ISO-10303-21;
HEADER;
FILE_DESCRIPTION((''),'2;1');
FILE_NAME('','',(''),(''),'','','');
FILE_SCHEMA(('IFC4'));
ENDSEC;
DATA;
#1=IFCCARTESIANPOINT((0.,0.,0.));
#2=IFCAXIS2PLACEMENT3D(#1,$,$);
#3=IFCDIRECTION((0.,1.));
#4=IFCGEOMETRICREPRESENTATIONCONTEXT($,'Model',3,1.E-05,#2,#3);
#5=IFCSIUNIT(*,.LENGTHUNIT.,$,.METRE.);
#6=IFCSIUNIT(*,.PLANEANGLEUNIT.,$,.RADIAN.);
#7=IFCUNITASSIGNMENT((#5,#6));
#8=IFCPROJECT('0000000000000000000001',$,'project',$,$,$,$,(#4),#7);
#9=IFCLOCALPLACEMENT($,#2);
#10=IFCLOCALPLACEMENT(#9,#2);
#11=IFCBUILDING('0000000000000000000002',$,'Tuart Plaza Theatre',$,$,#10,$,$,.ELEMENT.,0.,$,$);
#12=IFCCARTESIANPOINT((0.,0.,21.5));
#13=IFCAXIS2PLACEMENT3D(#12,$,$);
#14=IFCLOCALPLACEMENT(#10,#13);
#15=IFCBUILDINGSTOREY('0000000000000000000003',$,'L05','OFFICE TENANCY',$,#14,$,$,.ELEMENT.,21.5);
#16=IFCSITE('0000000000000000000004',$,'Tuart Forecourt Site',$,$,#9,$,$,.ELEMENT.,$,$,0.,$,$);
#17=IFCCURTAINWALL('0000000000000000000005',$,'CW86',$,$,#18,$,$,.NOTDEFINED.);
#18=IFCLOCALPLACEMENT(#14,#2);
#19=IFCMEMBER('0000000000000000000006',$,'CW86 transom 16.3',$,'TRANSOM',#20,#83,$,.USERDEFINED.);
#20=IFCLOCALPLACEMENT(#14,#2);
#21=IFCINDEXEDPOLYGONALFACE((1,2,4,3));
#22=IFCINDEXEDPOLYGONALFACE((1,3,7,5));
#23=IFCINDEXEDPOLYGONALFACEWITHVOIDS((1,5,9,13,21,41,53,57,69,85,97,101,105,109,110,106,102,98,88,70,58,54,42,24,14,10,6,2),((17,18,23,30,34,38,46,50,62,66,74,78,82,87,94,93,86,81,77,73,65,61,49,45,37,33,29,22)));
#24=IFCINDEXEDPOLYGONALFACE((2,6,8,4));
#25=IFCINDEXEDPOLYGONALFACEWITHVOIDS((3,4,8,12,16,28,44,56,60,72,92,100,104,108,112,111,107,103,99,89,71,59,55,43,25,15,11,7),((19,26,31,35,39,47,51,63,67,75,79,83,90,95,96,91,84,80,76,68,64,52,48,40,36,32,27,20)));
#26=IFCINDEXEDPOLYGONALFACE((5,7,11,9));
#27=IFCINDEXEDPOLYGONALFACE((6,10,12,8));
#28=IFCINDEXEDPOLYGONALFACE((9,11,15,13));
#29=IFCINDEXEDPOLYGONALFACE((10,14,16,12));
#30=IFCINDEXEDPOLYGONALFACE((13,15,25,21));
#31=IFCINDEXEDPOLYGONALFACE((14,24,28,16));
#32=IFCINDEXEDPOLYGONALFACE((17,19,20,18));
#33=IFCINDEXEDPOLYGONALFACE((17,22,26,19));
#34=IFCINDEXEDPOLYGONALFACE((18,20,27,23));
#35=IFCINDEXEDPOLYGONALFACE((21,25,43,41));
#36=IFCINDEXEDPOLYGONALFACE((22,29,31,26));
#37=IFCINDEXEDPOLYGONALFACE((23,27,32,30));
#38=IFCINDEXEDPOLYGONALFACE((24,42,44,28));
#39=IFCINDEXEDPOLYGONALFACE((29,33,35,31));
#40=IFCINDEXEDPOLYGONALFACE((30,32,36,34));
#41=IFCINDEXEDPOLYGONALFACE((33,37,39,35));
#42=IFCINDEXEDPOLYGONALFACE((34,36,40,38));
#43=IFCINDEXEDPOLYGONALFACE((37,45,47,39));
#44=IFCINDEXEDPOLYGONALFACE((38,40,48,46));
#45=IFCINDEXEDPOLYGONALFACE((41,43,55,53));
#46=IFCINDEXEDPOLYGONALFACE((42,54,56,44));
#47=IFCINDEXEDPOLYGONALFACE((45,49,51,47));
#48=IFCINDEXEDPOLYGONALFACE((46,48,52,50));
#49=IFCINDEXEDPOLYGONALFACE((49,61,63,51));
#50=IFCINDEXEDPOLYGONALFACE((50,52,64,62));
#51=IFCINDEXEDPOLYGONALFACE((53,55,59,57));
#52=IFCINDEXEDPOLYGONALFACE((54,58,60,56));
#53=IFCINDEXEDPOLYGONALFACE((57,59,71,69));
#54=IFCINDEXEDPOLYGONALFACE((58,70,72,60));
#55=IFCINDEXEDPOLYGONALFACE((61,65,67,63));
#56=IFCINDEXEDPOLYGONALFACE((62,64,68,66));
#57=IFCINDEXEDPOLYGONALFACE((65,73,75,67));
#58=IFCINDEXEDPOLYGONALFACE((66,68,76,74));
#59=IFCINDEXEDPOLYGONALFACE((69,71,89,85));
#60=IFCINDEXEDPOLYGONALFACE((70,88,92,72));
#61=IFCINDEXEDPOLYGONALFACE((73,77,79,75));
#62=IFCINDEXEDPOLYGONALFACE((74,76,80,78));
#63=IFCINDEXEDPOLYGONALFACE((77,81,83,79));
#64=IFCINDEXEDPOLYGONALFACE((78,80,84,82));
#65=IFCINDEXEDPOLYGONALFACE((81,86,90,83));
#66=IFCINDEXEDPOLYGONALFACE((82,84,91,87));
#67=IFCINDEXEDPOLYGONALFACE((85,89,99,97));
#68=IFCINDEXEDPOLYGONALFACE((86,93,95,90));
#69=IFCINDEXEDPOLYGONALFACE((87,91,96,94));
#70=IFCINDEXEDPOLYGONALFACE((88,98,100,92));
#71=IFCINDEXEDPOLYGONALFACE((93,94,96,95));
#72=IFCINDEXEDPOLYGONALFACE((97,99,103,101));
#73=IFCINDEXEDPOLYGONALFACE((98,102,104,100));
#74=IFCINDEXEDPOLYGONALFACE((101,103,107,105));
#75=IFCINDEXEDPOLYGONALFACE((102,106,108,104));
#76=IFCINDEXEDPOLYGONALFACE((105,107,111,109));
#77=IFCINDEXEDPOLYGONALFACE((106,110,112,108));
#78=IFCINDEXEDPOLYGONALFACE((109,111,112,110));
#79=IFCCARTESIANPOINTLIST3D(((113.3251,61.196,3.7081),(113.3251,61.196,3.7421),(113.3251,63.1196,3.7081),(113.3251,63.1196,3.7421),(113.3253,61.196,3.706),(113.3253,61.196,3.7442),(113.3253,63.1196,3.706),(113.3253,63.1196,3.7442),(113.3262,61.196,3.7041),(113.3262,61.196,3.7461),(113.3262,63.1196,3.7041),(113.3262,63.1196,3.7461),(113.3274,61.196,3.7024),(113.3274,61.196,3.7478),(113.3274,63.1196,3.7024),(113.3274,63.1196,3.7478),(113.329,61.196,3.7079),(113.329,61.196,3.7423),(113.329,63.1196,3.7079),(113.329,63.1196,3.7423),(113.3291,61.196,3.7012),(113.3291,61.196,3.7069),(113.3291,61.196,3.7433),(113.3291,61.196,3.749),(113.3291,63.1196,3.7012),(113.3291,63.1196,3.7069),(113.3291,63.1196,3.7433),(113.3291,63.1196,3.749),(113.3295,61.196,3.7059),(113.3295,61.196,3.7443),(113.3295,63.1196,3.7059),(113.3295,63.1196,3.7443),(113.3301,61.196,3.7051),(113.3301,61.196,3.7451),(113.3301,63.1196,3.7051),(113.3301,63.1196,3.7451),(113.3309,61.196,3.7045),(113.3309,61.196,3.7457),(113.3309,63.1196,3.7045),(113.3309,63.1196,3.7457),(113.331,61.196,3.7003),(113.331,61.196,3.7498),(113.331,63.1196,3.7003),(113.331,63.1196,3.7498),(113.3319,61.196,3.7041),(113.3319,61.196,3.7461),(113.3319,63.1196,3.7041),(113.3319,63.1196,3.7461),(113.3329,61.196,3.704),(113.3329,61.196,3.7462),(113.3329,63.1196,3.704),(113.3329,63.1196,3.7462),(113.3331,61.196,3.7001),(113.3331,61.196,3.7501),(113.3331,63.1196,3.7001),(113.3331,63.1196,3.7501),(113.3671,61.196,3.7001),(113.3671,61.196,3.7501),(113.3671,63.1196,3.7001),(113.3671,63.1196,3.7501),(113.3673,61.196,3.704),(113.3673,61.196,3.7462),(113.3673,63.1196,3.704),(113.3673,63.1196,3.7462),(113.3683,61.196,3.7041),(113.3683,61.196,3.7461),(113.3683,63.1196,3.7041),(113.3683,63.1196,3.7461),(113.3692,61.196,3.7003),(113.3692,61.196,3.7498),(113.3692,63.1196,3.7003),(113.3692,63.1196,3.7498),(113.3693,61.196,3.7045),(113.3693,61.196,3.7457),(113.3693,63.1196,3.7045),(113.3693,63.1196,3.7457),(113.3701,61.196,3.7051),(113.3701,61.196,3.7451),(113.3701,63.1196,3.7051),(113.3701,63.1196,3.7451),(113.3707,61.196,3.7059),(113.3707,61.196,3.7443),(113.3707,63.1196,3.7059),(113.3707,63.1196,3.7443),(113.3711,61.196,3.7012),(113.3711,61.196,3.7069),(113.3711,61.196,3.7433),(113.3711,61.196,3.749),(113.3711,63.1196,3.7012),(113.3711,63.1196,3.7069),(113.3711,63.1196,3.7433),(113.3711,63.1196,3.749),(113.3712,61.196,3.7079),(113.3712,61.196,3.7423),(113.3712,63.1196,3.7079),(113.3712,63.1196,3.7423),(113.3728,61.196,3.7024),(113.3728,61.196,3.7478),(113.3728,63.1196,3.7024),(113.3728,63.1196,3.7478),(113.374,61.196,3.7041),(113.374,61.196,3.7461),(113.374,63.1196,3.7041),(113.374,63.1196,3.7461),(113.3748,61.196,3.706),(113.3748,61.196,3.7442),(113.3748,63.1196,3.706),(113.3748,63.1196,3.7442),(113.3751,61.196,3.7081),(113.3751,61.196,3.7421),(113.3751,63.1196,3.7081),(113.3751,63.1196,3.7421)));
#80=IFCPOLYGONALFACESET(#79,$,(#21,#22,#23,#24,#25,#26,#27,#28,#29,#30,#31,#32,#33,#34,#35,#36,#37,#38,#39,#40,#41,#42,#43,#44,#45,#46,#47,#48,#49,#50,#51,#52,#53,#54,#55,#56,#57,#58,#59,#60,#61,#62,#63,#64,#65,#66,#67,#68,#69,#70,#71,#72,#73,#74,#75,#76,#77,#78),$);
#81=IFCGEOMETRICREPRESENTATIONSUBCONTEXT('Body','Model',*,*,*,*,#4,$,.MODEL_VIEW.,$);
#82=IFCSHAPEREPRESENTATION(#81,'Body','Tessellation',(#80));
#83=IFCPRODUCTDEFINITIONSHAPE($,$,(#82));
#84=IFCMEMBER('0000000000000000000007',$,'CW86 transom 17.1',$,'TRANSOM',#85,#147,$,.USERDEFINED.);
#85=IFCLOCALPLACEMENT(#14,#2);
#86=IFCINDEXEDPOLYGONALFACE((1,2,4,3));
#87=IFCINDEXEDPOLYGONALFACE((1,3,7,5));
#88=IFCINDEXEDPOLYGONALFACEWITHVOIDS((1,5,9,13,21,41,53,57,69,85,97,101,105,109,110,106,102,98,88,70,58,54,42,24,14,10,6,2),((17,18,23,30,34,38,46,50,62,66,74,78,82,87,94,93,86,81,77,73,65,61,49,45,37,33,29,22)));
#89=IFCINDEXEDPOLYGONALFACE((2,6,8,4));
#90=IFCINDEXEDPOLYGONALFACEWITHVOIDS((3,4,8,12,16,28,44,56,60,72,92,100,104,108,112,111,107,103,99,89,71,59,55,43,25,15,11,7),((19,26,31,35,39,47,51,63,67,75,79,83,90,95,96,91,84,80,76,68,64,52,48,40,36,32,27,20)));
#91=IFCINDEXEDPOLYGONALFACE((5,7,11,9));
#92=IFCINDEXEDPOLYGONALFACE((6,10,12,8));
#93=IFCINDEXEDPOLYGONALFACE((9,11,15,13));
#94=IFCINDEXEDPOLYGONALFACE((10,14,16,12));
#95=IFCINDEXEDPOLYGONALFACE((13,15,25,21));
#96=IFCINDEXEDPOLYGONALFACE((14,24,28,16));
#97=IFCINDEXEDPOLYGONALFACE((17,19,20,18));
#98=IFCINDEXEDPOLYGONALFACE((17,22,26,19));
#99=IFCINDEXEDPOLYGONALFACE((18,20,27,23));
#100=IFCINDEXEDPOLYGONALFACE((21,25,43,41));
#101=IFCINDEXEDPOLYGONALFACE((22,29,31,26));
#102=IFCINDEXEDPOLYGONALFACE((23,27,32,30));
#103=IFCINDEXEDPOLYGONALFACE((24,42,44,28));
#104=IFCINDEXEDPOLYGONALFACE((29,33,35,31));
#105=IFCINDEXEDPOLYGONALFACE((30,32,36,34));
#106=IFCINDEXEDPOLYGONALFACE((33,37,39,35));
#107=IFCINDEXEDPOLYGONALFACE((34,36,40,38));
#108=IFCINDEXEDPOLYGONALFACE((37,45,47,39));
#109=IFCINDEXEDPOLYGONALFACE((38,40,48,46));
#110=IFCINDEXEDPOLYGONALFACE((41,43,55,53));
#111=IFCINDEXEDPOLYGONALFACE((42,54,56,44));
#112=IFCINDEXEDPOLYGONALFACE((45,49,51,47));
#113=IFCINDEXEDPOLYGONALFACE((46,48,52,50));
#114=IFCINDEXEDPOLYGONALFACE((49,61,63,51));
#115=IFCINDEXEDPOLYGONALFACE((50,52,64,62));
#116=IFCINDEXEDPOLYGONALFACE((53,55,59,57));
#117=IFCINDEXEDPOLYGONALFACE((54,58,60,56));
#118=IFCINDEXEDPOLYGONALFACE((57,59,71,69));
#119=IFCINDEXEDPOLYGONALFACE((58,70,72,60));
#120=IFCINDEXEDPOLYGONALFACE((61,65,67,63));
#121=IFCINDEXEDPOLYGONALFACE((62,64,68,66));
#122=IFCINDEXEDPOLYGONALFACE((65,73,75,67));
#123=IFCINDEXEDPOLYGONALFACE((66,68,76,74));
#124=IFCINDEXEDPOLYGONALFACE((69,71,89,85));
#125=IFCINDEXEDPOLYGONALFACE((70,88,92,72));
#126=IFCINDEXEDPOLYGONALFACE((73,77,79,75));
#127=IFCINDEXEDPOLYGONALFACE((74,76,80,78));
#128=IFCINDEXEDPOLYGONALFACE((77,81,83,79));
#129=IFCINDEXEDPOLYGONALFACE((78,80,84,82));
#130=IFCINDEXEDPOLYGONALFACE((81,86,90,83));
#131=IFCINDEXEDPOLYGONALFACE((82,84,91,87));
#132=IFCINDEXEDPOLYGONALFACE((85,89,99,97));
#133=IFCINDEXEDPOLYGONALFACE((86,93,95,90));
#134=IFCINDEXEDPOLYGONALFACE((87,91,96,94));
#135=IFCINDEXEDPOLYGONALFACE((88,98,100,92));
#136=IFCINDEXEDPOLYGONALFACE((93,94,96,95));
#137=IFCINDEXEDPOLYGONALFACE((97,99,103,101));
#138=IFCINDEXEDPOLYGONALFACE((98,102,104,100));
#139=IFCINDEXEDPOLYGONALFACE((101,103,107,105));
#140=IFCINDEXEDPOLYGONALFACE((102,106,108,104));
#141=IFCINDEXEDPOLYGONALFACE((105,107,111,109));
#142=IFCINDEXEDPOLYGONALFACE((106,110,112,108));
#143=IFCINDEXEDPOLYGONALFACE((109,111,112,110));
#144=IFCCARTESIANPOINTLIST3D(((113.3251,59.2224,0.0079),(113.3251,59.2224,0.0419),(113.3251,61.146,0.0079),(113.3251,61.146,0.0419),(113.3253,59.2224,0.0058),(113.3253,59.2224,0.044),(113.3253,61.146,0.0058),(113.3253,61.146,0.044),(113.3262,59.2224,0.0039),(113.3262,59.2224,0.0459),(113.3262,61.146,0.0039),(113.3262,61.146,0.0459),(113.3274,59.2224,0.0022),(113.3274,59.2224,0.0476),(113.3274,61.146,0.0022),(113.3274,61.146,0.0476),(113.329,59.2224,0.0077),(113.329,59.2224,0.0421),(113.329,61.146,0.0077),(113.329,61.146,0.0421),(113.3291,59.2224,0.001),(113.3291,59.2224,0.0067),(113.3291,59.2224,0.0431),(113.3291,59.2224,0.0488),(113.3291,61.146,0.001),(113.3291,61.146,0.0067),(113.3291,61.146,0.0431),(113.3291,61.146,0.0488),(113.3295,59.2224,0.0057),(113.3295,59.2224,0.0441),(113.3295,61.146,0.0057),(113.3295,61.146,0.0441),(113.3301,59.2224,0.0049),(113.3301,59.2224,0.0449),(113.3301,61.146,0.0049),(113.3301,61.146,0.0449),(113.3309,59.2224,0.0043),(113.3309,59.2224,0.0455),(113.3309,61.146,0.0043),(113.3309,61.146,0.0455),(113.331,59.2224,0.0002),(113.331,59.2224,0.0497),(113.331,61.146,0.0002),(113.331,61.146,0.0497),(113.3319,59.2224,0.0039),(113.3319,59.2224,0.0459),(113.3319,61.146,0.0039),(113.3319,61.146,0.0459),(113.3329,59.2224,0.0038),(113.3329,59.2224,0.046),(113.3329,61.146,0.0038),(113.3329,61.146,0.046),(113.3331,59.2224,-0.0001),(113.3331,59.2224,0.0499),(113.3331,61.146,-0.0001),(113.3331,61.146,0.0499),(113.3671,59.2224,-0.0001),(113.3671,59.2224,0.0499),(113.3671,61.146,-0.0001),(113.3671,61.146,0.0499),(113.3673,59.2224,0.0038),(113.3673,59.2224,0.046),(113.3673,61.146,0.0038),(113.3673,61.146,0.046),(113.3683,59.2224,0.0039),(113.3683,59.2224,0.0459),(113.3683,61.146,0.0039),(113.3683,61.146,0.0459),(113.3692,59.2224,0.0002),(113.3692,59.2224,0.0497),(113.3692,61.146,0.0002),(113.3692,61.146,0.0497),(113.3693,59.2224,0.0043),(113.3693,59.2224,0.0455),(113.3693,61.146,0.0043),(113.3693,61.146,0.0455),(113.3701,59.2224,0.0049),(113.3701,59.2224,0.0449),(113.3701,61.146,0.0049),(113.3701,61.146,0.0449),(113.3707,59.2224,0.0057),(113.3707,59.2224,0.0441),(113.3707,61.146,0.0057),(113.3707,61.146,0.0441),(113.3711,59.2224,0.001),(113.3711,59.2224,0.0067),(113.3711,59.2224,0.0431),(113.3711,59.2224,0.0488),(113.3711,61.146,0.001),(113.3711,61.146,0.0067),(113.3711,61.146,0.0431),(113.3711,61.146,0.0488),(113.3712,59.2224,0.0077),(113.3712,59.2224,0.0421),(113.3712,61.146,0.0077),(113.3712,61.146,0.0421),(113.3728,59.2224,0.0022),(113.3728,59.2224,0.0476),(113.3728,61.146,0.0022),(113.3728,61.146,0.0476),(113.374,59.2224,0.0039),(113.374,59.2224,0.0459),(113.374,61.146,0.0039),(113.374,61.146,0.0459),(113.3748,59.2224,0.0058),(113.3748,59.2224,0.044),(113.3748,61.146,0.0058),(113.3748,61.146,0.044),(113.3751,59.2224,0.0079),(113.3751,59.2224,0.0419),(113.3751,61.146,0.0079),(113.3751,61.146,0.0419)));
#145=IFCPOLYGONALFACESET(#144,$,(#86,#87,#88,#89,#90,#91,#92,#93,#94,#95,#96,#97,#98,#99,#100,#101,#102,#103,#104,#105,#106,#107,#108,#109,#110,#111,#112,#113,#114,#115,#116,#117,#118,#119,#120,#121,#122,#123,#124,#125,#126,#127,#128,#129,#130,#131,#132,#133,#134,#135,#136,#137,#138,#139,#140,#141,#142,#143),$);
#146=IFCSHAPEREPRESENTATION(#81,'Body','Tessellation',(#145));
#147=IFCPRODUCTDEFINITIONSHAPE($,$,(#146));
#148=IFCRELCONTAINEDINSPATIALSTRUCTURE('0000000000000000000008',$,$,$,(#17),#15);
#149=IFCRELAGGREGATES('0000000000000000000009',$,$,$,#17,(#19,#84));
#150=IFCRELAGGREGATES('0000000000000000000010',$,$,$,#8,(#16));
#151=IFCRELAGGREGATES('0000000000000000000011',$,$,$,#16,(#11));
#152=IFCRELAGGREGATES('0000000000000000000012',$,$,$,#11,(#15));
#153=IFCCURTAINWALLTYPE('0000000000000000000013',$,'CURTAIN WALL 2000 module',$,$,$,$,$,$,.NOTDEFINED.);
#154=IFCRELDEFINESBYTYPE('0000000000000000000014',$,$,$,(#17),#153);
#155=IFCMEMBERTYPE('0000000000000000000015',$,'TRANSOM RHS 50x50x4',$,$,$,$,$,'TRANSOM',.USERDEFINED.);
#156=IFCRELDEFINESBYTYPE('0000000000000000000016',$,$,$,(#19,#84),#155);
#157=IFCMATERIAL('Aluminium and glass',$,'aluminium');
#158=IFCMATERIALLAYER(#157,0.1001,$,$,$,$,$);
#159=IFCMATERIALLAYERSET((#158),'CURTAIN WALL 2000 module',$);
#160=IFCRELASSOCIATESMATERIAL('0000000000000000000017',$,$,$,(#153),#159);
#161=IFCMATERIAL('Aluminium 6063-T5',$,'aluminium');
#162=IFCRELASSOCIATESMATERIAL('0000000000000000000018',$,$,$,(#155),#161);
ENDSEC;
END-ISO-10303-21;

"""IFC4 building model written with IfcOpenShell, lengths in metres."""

from ifc_helpers import new_model, si_unit, direction, frame, origin, origin_2d, place, context, subcontext, project, spatial, hollow_rectangle, extrude, material, layer, layer_set, material_profile, profile_set, type_object, element, aggregate, save


model = new_model("IFC4")

# Units and contexts
model_context = context("Model", 3, precision=1e-05, world=origin(), true_north=direction((0.0, 1.0)))
body_context = subcontext(model_context, "Body", "Model", "MODEL_VIEW")
ifc_project = project(units=[si_unit("LENGTHUNIT", "METRE"), si_unit("PLANEANGLEUNIT", "RADIAN")], contexts=[model_context])

# Site, building, storey
site_placement = place(None, origin())
site = spatial("IfcSite", under=ifc_project, at=site_placement, Name="Tuart Forecourt Site", CompositionType="ELEMENT", RefElevation=0.0)
building_placement = place(site_placement, origin())
building = spatial("IfcBuilding", under=site, at=building_placement, Name="Tuart Plaza Theatre", CompositionType="ELEMENT", ElevationOfRefHeight=0.0)
storey_placement = place(building_placement, frame((0.0, 0.0, 21.5)))
storey = spatial("IfcBuildingStorey", under=building, at=storey_placement, Name="L05", Description="OFFICE TENANCY", CompositionType="ELEMENT", Elevation=21.5)

# Curtain wall, members
ifc_material_1 = material(Name="Aluminium and glass", Category="aluminium")
ifc_layer_1 = layer(ifc_material_1, 0.1001)
ifc_layer_set_1 = layer_set([ifc_layer_1], Name="CURTAIN WALL 2000 module")
curtain_wall_type = type_object("IfcCurtainWallType", Name="CURTAIN WALL 2000 module", PredefinedType="NOTDEFINED", material=ifc_layer_set_1)
curtain_wall_placement = place(storey_placement, origin())
curtain_wall = element("IfcCurtainWall", 1, at=curtain_wall_placement, inside=storey, type_object=curtain_wall_type, Name="CW86", PredefinedType="NOTDEFINED")
ifc_material_2 = material(Name="Aluminium 6063-T5", Category="aluminium")
ifc_material_profile_1 = material_profile(ifc_material_2, hollow_rectangle(XDim=0.05, YDim=0.05, WallThickness=0.0039, InnerFilletRadius=0.0039, OuterFilletRadius=0.0081, at=origin_2d()), Name="RHS 50x50x4")
ifc_profile_set_1 = profile_set([ifc_material_profile_1], Name="Aluminium 6063-T5")
member_type_1 = type_object("IfcMemberType", Name="TRANSOM RHS 50x50x4", ElementType="TRANSOM", PredefinedType="USERDEFINED", material=ifc_profile_set_1)
member_1_placement = place(storey_placement, frame((113.3501, 63.1196, 3.7251), z_axis=(0.0, -1.0, 0.0), x_axis=(1.0, 0.0, 0.0)))
member_1 = element("IfcMember", 2, at=member_1_placement, type_object=member_type_1, Name="CW86 transom 16.3", ObjectType="TRANSOM", PredefinedType="USERDEFINED", context=body_context, shape_type="SweptSolid", body=[
    extrude(hollow_rectangle(XDim=0.05, YDim=0.05, WallThickness=0.0039, InnerFilletRadius=0.0039, OuterFilletRadius=0.0081, at=origin_2d()), origin(), (0.0, 0.0, 1.0), 1.9236),
])
member_2_placement = place(storey_placement, frame((113.3501, 61.146, 0.0249), z_axis=(0.0, -1.0, 0.0), x_axis=(1.0, 0.0, 0.0)))
member_2 = element("IfcMember", 3, at=member_2_placement, type_object=member_type_1, Name="CW86 transom 17.1", ObjectType="TRANSOM", PredefinedType="USERDEFINED", context=body_context, shape_type="SweptSolid", body=[
    extrude(hollow_rectangle(XDim=0.05, YDim=0.05, WallThickness=0.0039, InnerFilletRadius=0.0039, OuterFilletRadius=0.0081, at=origin_2d()), origin(), (0.0, 0.0, 1.0), 1.9236),
])
aggregate(curtain_wall, [member_1, member_2])

save(model, "model.ifc")
